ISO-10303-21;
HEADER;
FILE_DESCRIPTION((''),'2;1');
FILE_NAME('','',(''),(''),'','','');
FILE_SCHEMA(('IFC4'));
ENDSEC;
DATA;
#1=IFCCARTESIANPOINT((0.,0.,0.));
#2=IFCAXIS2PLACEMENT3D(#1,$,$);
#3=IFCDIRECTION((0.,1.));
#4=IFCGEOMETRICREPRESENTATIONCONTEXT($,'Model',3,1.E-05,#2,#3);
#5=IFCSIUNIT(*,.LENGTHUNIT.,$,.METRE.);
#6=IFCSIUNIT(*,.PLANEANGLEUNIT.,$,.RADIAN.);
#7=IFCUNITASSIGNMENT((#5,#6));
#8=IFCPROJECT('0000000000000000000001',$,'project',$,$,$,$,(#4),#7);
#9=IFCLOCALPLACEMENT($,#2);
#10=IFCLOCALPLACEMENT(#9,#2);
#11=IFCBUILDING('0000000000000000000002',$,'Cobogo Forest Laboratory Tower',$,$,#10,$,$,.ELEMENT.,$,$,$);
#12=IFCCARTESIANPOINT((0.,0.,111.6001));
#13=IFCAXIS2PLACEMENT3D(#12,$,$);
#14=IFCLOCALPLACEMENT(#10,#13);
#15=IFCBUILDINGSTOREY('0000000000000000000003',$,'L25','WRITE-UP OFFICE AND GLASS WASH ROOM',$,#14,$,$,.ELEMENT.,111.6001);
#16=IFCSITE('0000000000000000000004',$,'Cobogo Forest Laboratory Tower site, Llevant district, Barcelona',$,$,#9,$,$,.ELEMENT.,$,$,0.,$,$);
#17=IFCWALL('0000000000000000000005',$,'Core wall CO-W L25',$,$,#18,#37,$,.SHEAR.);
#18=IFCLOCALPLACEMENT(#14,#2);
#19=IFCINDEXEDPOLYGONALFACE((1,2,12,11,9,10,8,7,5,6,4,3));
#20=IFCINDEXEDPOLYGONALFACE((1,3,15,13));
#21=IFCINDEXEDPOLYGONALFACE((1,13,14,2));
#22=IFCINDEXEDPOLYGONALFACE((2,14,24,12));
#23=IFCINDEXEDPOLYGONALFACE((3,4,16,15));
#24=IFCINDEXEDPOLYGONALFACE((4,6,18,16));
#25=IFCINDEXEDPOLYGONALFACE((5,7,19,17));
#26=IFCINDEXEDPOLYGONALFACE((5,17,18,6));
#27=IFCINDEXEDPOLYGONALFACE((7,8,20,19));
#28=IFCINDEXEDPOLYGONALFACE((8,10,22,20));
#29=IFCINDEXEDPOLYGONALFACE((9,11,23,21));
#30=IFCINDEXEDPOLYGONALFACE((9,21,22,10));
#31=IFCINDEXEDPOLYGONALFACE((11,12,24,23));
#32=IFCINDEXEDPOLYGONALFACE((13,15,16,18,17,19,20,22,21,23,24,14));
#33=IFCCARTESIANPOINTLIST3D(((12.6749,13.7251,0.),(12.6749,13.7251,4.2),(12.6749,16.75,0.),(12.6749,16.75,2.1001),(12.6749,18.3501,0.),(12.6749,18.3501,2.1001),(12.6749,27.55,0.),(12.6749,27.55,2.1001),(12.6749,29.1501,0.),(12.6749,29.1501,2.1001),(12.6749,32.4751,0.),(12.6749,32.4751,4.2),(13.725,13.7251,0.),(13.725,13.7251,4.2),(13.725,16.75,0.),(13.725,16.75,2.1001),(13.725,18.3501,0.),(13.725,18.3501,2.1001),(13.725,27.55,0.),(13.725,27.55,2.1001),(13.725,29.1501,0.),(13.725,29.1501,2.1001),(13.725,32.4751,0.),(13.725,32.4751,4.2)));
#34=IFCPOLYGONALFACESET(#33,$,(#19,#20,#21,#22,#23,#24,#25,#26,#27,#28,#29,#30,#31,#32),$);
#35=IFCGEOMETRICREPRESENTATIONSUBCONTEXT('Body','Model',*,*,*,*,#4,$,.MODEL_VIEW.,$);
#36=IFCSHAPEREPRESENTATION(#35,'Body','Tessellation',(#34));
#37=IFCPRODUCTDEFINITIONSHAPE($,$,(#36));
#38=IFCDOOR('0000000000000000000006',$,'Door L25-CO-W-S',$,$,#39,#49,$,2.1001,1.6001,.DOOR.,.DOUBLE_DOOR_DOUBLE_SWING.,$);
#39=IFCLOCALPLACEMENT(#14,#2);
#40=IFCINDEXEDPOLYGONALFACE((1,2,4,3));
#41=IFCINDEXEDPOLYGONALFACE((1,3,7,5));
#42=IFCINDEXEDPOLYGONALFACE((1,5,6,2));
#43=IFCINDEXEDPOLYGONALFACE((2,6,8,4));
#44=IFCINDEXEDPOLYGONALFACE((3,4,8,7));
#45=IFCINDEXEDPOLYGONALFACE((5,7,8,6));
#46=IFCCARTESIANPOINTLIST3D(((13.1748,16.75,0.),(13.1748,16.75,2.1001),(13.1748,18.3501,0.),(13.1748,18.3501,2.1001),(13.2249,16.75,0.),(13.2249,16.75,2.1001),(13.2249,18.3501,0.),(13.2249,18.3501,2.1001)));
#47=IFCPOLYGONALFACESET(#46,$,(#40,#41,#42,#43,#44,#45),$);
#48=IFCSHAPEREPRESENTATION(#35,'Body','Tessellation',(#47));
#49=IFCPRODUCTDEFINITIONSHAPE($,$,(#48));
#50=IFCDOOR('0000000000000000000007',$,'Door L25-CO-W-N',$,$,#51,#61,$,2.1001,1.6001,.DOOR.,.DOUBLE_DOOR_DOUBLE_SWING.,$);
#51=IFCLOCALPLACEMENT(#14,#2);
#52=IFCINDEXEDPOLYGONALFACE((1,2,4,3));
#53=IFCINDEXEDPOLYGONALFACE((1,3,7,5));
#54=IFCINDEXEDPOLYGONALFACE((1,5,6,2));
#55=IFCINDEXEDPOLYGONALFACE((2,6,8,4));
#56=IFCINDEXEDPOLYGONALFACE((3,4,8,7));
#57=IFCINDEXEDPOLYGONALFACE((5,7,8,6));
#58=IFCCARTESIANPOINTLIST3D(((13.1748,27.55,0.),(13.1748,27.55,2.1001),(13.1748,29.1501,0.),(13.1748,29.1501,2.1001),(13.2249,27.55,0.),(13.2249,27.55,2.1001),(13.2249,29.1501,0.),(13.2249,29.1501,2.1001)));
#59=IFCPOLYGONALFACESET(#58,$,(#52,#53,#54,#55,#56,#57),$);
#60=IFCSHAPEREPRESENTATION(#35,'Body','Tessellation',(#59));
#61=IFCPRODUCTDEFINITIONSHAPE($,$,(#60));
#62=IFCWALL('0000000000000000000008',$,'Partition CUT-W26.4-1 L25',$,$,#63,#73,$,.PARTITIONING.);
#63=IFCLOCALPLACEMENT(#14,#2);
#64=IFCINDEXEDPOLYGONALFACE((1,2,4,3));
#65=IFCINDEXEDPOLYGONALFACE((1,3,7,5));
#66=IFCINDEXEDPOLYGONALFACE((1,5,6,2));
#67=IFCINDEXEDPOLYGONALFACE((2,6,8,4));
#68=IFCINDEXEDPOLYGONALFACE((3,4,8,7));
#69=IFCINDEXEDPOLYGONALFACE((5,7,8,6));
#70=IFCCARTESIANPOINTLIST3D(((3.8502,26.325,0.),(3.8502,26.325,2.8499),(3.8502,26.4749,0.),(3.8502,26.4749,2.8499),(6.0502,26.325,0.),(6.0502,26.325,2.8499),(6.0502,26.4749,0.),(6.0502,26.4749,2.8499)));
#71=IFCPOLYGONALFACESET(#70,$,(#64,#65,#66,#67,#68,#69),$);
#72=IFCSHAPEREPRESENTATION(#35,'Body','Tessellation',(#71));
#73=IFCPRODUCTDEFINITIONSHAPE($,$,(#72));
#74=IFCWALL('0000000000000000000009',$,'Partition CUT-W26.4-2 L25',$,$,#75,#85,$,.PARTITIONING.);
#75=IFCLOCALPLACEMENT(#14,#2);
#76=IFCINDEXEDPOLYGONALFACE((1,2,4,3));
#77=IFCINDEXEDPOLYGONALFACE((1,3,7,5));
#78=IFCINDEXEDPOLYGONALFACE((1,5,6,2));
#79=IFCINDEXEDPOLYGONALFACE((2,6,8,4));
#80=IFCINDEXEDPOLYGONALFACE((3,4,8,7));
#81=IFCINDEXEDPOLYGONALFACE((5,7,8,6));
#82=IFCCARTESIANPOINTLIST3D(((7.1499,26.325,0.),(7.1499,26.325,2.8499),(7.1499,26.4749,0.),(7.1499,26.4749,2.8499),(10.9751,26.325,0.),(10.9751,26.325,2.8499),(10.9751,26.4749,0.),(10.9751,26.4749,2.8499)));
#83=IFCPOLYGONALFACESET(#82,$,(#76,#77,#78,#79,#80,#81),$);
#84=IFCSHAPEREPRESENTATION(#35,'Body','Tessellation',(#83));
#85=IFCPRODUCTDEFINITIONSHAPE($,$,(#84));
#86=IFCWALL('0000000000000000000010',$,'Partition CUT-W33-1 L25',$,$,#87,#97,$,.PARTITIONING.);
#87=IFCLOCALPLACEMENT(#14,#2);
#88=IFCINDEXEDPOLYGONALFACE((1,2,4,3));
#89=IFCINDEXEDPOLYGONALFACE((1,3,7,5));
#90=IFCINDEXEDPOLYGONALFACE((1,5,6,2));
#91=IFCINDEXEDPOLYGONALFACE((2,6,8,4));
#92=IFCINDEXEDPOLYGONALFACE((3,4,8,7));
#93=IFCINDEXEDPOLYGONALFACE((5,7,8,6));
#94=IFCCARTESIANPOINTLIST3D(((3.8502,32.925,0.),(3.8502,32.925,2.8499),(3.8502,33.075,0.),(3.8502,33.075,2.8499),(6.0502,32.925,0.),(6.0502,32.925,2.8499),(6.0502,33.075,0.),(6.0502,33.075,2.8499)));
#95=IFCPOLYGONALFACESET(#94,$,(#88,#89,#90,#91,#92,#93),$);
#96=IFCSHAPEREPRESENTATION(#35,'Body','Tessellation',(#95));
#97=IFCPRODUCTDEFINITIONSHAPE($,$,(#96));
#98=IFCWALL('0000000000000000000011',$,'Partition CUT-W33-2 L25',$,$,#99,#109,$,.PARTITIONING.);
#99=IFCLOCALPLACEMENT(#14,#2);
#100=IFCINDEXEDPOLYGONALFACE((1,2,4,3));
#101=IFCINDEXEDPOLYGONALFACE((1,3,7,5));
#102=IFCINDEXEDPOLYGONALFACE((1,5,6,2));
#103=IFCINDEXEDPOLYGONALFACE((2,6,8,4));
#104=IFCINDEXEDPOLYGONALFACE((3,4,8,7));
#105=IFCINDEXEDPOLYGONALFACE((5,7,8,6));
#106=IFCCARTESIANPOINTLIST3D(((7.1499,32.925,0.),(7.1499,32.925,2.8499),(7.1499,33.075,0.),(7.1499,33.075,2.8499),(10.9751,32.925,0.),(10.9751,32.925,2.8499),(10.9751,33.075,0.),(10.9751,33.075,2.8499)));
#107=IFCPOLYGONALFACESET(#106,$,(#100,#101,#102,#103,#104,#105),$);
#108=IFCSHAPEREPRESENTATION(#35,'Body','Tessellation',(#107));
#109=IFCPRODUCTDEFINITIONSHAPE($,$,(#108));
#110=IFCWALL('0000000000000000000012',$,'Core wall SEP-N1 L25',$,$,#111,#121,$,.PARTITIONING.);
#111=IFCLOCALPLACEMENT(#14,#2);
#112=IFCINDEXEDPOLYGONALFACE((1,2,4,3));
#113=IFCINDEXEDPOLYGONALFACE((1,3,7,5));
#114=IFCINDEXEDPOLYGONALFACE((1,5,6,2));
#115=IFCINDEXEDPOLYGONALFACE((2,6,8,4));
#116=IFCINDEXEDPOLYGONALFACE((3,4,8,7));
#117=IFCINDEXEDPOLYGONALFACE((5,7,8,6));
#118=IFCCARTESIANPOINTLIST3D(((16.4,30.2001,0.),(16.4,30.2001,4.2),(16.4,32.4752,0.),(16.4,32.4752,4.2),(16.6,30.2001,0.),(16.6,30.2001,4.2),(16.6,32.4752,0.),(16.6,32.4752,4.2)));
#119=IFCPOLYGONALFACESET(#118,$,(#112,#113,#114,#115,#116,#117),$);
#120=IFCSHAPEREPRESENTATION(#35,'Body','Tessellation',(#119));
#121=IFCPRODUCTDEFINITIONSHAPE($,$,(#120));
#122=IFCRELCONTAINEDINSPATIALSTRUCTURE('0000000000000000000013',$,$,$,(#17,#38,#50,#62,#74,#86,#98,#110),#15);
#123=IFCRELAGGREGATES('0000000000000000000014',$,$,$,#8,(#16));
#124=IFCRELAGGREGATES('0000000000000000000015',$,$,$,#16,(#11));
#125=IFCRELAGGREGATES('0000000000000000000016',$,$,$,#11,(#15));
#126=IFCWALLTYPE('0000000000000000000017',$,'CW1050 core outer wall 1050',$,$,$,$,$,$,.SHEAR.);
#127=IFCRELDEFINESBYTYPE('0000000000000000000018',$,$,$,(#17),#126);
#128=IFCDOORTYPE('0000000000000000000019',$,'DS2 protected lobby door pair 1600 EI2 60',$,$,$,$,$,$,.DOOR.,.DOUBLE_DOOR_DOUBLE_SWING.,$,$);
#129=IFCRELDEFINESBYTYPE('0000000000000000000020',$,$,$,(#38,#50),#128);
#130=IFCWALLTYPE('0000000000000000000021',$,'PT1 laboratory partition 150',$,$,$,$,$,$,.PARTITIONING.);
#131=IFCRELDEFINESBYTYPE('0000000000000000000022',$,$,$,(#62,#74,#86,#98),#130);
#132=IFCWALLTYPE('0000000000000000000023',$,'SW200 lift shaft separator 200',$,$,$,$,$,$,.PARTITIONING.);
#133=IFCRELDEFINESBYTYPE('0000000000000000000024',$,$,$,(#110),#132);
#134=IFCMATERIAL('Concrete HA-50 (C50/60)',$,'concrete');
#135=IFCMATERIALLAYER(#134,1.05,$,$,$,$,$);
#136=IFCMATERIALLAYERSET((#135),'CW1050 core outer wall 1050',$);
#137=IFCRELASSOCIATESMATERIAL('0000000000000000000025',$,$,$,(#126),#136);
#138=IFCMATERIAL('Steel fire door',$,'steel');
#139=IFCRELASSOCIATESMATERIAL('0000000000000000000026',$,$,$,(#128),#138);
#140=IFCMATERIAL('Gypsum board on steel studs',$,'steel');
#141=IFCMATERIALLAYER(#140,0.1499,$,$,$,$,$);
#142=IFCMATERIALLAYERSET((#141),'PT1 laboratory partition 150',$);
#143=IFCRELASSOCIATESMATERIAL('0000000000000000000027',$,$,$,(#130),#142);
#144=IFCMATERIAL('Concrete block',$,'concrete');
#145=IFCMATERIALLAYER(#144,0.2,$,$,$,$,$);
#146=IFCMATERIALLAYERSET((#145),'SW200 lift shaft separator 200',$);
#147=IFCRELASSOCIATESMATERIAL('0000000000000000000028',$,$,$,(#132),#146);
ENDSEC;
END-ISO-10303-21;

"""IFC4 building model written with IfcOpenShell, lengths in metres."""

from ifc_helpers import new_model, si_unit, direction, frame, frame_2d, origin, place, context, subcontext, project, spatial, rectangle, extrude, material, layer, layer_set, type_object, element, fill, save


model = new_model("IFC4")

# Units and contexts
model_context = context("Model", 3, precision=1e-05, world=origin(), true_north=direction((0.0, 1.0)))
body_context = subcontext(model_context, "Body", "Model", "MODEL_VIEW")
ifc_project = project(units=[si_unit("LENGTHUNIT", "METRE"), si_unit("PLANEANGLEUNIT", "RADIAN")], contexts=[model_context])

# Site, building, storey
site_placement = place(None, origin())
site = spatial("IfcSite", under=ifc_project, at=site_placement, Name="Cobogo Forest Laboratory Tower site, Llevant district, Barcelona", CompositionType="ELEMENT", RefElevation=0.0)
building_placement = place(site_placement, origin())
building = spatial("IfcBuilding", under=site, at=building_placement, Name="Cobogo Forest Laboratory Tower", CompositionType="ELEMENT")
storey_placement = place(building_placement, frame((0.0, 0.0, 111.6001)))
storey = spatial("IfcBuildingStorey", under=building, at=storey_placement, Name="L25", Description="WRITE-UP OFFICE AND GLASS WASH ROOM", CompositionType="ELEMENT", Elevation=111.6001)

# Shared definitions
ifc_material_1 = material(Name="Concrete HA-50 (C50/60)", Category="concrete")

# Shared definitions
ifc_material_2 = material(Name="Steel fire door", Category="steel")

# Wall, openings, doors
ifc_layer_1 = layer(ifc_material_1, 1.05)
ifc_layer_set_1 = layer_set([ifc_layer_1], Name="CW1050 core outer wall 1050")
wall_type_1 = type_object("IfcWallType", Name="CW1050 core outer wall 1050", PredefinedType="SHEAR", material=ifc_layer_set_1)
wall_1_placement = place(storey_placement, frame((13.2, 32.4751, 0.0), z_axis=(0.0, 0.0, 1.0), x_axis=(0.0, -1.0, 0.0)))
wall_1 = element("IfcWall", 1, at=wall_1_placement, inside=storey, type_object=wall_type_1, Name="Core wall CO-W L25", PredefinedType="SHEAR", context=body_context, shape_type="SweptSolid", body=[
    extrude(rectangle(XDim=18.75, YDim=1.05, at=frame_2d((9.375, 0.0))), origin(), (0.0, 0.0, 1.0), 4.2),
])
opening_1_placement = place(wall_1_placement, frame((14.125, 0.0, 0.0)))
opening_1 = element("IfcOpeningElement", 2, at=opening_1_placement, cuts=wall_1, PredefinedType="OPENING", context=body_context, shape_type="SweptSolid", body=[
    extrude(rectangle(XDim=1.6001, YDim=2.1001, at=frame_2d((0.8, 1.05))), frame((0.0, 0.5349, 0.0), z_axis=(0.0, -1.0, 0.0), x_axis=(1.0, 0.0, 0.0)), (0.0, 0.0, 1.0), 1.0701),
])
opening_2_placement = place(wall_1_placement, frame((3.325, 0.0, 0.0)))
opening_2 = element("IfcOpeningElement", 3, at=opening_2_placement, cuts=wall_1, PredefinedType="OPENING", context=body_context, shape_type="SweptSolid", body=[
    extrude(rectangle(XDim=1.6001, YDim=2.1001, at=frame_2d((0.8, 1.05))), frame((0.0, 0.5349, 0.0), z_axis=(0.0, -1.0, 0.0), x_axis=(1.0, 0.0, 0.0)), (0.0, 0.0, 1.0), 1.0701),
])
door_type_1 = type_object("IfcDoorType", Name="DS2 protected lobby door pair 1600 EI2 60", OperationType="DOUBLE_DOOR_DOUBLE_SWING", PredefinedType="DOOR", material=ifc_material_2)
door_1_placement = place(opening_1_placement, origin())
door_1 = element("IfcDoor", 4, at=door_1_placement, inside=storey, type_object=door_type_1, Name="Door L25-CO-W-S", OperationType="DOUBLE_DOOR_DOUBLE_SWING", OverallHeight=2.1001, OverallWidth=1.6001, PredefinedType="DOOR", context=body_context, shape_type="SweptSolid", body=[
    extrude(rectangle(XDim=1.6001, YDim=2.1001, at=frame_2d((0.8, 1.05))), frame((0.0, 0.0249, 0.0), z_axis=(0.0, -1.0, 0.0), x_axis=(1.0, 0.0, 0.0)), (0.0, 0.0, 1.0), 0.05),
])
fill(opening_1, door_1)
door_2_placement = place(opening_2_placement, origin())
door_2 = element("IfcDoor", 5, at=door_2_placement, inside=storey, type_object=door_type_1, Name="Door L25-CO-W-N", OperationType="DOUBLE_DOOR_DOUBLE_SWING", OverallHeight=2.1001, OverallWidth=1.6001, PredefinedType="DOOR", context=body_context, shape_type="SweptSolid", body=[
    extrude(rectangle(XDim=1.6001, YDim=2.1001, at=frame_2d((0.8, 1.05))), frame((0.0, 0.0249, 0.0), z_axis=(0.0, -1.0, 0.0), x_axis=(1.0, 0.0, 0.0)), (0.0, 0.0, 1.0), 0.05),
])
fill(opening_2, door_2)

# Walls
ifc_material_3 = material(Name="Gypsum board on steel studs", Category="steel")
ifc_layer_2 = layer(ifc_material_3, 0.1499)
ifc_layer_set_2 = layer_set([ifc_layer_2], Name="PT1 laboratory partition 150")
wall_type_2 = type_object("IfcWallType", Name="PT1 laboratory partition 150", PredefinedType="PARTITIONING", material=ifc_layer_set_2)
wall_2_placement = place(storey_placement, frame((3.8501, 26.3999, 0.0), z_axis=(0.0, 0.0, 1.0), x_axis=(1.0, 0.0, 0.0)))
element("IfcWall", 6, at=wall_2_placement, inside=storey, type_object=wall_type_2, Name="Partition CUT-W26.4-1 L25", PredefinedType="PARTITIONING", context=body_context, shape_type="SweptSolid", body=[
    extrude(rectangle(XDim=2.2, YDim=0.1499, at=frame_2d((1.1001, 0.0))), origin(), (0.0, 0.0, 1.0), 2.8499),
])
wall_3_placement = place(storey_placement, frame((7.1499, 26.3999, 0.0), z_axis=(0.0, 0.0, 1.0), x_axis=(1.0, 0.0, 0.0)))
element("IfcWall", 7, at=wall_3_placement, inside=storey, type_object=wall_type_2, Name="Partition CUT-W26.4-2 L25", PredefinedType="PARTITIONING", context=body_context, shape_type="SweptSolid", body=[
    extrude(rectangle(XDim=3.8252, YDim=0.1499, at=frame_2d((1.9126, 0.0))), origin(), (0.0, 0.0, 1.0), 2.8499),
])
wall_4_placement = place(storey_placement, frame((3.8501, 33.0, 0.0), z_axis=(0.0, 0.0, 1.0), x_axis=(1.0, 0.0, 0.0)))
element("IfcWall", 8, at=wall_4_placement, inside=storey, type_object=wall_type_2, Name="Partition CUT-W33-1 L25", PredefinedType="PARTITIONING", context=body_context, shape_type="SweptSolid", body=[
    extrude(rectangle(XDim=2.2, YDim=0.1499, at=frame_2d((1.1001, 0.0))), origin(), (0.0, 0.0, 1.0), 2.8499),
])
wall_5_placement = place(storey_placement, frame((7.1499, 33.0, 0.0), z_axis=(0.0, 0.0, 1.0), x_axis=(1.0, 0.0, 0.0)))
element("IfcWall", 9, at=wall_5_placement, inside=storey, type_object=wall_type_2, Name="Partition CUT-W33-2 L25", PredefinedType="PARTITIONING", context=body_context, shape_type="SweptSolid", body=[
    extrude(rectangle(XDim=3.8252, YDim=0.1499, at=frame_2d((1.9126, 0.0))), origin(), (0.0, 0.0, 1.0), 2.8499),
])
ifc_material_4 = material(Name="Concrete block", Category="concrete")
ifc_layer_3 = layer(ifc_material_4, 0.2)
ifc_layer_set_3 = layer_set([ifc_layer_3], Name="SW200 lift shaft separator 200")
wall_type_3 = type_object("IfcWallType", Name="SW200 lift shaft separator 200", PredefinedType="PARTITIONING", material=ifc_layer_set_3)
wall_6_placement = place(storey_placement, frame((16.5, 30.2, 0.0), z_axis=(0.0, 0.0, 1.0), x_axis=(0.0, 1.0, 0.0)))
element("IfcWall", 10, at=wall_6_placement, inside=storey, type_object=wall_type_3, Name="Core wall SEP-N1 L25", PredefinedType="PARTITIONING", context=body_context, shape_type="SweptSolid", body=[
    extrude(rectangle(XDim=2.2751, YDim=0.2, at=frame_2d((1.1377, 0.0))), origin(), (0.0, 0.0, 1.0), 4.2),
])

save(model, "model.ifc")
